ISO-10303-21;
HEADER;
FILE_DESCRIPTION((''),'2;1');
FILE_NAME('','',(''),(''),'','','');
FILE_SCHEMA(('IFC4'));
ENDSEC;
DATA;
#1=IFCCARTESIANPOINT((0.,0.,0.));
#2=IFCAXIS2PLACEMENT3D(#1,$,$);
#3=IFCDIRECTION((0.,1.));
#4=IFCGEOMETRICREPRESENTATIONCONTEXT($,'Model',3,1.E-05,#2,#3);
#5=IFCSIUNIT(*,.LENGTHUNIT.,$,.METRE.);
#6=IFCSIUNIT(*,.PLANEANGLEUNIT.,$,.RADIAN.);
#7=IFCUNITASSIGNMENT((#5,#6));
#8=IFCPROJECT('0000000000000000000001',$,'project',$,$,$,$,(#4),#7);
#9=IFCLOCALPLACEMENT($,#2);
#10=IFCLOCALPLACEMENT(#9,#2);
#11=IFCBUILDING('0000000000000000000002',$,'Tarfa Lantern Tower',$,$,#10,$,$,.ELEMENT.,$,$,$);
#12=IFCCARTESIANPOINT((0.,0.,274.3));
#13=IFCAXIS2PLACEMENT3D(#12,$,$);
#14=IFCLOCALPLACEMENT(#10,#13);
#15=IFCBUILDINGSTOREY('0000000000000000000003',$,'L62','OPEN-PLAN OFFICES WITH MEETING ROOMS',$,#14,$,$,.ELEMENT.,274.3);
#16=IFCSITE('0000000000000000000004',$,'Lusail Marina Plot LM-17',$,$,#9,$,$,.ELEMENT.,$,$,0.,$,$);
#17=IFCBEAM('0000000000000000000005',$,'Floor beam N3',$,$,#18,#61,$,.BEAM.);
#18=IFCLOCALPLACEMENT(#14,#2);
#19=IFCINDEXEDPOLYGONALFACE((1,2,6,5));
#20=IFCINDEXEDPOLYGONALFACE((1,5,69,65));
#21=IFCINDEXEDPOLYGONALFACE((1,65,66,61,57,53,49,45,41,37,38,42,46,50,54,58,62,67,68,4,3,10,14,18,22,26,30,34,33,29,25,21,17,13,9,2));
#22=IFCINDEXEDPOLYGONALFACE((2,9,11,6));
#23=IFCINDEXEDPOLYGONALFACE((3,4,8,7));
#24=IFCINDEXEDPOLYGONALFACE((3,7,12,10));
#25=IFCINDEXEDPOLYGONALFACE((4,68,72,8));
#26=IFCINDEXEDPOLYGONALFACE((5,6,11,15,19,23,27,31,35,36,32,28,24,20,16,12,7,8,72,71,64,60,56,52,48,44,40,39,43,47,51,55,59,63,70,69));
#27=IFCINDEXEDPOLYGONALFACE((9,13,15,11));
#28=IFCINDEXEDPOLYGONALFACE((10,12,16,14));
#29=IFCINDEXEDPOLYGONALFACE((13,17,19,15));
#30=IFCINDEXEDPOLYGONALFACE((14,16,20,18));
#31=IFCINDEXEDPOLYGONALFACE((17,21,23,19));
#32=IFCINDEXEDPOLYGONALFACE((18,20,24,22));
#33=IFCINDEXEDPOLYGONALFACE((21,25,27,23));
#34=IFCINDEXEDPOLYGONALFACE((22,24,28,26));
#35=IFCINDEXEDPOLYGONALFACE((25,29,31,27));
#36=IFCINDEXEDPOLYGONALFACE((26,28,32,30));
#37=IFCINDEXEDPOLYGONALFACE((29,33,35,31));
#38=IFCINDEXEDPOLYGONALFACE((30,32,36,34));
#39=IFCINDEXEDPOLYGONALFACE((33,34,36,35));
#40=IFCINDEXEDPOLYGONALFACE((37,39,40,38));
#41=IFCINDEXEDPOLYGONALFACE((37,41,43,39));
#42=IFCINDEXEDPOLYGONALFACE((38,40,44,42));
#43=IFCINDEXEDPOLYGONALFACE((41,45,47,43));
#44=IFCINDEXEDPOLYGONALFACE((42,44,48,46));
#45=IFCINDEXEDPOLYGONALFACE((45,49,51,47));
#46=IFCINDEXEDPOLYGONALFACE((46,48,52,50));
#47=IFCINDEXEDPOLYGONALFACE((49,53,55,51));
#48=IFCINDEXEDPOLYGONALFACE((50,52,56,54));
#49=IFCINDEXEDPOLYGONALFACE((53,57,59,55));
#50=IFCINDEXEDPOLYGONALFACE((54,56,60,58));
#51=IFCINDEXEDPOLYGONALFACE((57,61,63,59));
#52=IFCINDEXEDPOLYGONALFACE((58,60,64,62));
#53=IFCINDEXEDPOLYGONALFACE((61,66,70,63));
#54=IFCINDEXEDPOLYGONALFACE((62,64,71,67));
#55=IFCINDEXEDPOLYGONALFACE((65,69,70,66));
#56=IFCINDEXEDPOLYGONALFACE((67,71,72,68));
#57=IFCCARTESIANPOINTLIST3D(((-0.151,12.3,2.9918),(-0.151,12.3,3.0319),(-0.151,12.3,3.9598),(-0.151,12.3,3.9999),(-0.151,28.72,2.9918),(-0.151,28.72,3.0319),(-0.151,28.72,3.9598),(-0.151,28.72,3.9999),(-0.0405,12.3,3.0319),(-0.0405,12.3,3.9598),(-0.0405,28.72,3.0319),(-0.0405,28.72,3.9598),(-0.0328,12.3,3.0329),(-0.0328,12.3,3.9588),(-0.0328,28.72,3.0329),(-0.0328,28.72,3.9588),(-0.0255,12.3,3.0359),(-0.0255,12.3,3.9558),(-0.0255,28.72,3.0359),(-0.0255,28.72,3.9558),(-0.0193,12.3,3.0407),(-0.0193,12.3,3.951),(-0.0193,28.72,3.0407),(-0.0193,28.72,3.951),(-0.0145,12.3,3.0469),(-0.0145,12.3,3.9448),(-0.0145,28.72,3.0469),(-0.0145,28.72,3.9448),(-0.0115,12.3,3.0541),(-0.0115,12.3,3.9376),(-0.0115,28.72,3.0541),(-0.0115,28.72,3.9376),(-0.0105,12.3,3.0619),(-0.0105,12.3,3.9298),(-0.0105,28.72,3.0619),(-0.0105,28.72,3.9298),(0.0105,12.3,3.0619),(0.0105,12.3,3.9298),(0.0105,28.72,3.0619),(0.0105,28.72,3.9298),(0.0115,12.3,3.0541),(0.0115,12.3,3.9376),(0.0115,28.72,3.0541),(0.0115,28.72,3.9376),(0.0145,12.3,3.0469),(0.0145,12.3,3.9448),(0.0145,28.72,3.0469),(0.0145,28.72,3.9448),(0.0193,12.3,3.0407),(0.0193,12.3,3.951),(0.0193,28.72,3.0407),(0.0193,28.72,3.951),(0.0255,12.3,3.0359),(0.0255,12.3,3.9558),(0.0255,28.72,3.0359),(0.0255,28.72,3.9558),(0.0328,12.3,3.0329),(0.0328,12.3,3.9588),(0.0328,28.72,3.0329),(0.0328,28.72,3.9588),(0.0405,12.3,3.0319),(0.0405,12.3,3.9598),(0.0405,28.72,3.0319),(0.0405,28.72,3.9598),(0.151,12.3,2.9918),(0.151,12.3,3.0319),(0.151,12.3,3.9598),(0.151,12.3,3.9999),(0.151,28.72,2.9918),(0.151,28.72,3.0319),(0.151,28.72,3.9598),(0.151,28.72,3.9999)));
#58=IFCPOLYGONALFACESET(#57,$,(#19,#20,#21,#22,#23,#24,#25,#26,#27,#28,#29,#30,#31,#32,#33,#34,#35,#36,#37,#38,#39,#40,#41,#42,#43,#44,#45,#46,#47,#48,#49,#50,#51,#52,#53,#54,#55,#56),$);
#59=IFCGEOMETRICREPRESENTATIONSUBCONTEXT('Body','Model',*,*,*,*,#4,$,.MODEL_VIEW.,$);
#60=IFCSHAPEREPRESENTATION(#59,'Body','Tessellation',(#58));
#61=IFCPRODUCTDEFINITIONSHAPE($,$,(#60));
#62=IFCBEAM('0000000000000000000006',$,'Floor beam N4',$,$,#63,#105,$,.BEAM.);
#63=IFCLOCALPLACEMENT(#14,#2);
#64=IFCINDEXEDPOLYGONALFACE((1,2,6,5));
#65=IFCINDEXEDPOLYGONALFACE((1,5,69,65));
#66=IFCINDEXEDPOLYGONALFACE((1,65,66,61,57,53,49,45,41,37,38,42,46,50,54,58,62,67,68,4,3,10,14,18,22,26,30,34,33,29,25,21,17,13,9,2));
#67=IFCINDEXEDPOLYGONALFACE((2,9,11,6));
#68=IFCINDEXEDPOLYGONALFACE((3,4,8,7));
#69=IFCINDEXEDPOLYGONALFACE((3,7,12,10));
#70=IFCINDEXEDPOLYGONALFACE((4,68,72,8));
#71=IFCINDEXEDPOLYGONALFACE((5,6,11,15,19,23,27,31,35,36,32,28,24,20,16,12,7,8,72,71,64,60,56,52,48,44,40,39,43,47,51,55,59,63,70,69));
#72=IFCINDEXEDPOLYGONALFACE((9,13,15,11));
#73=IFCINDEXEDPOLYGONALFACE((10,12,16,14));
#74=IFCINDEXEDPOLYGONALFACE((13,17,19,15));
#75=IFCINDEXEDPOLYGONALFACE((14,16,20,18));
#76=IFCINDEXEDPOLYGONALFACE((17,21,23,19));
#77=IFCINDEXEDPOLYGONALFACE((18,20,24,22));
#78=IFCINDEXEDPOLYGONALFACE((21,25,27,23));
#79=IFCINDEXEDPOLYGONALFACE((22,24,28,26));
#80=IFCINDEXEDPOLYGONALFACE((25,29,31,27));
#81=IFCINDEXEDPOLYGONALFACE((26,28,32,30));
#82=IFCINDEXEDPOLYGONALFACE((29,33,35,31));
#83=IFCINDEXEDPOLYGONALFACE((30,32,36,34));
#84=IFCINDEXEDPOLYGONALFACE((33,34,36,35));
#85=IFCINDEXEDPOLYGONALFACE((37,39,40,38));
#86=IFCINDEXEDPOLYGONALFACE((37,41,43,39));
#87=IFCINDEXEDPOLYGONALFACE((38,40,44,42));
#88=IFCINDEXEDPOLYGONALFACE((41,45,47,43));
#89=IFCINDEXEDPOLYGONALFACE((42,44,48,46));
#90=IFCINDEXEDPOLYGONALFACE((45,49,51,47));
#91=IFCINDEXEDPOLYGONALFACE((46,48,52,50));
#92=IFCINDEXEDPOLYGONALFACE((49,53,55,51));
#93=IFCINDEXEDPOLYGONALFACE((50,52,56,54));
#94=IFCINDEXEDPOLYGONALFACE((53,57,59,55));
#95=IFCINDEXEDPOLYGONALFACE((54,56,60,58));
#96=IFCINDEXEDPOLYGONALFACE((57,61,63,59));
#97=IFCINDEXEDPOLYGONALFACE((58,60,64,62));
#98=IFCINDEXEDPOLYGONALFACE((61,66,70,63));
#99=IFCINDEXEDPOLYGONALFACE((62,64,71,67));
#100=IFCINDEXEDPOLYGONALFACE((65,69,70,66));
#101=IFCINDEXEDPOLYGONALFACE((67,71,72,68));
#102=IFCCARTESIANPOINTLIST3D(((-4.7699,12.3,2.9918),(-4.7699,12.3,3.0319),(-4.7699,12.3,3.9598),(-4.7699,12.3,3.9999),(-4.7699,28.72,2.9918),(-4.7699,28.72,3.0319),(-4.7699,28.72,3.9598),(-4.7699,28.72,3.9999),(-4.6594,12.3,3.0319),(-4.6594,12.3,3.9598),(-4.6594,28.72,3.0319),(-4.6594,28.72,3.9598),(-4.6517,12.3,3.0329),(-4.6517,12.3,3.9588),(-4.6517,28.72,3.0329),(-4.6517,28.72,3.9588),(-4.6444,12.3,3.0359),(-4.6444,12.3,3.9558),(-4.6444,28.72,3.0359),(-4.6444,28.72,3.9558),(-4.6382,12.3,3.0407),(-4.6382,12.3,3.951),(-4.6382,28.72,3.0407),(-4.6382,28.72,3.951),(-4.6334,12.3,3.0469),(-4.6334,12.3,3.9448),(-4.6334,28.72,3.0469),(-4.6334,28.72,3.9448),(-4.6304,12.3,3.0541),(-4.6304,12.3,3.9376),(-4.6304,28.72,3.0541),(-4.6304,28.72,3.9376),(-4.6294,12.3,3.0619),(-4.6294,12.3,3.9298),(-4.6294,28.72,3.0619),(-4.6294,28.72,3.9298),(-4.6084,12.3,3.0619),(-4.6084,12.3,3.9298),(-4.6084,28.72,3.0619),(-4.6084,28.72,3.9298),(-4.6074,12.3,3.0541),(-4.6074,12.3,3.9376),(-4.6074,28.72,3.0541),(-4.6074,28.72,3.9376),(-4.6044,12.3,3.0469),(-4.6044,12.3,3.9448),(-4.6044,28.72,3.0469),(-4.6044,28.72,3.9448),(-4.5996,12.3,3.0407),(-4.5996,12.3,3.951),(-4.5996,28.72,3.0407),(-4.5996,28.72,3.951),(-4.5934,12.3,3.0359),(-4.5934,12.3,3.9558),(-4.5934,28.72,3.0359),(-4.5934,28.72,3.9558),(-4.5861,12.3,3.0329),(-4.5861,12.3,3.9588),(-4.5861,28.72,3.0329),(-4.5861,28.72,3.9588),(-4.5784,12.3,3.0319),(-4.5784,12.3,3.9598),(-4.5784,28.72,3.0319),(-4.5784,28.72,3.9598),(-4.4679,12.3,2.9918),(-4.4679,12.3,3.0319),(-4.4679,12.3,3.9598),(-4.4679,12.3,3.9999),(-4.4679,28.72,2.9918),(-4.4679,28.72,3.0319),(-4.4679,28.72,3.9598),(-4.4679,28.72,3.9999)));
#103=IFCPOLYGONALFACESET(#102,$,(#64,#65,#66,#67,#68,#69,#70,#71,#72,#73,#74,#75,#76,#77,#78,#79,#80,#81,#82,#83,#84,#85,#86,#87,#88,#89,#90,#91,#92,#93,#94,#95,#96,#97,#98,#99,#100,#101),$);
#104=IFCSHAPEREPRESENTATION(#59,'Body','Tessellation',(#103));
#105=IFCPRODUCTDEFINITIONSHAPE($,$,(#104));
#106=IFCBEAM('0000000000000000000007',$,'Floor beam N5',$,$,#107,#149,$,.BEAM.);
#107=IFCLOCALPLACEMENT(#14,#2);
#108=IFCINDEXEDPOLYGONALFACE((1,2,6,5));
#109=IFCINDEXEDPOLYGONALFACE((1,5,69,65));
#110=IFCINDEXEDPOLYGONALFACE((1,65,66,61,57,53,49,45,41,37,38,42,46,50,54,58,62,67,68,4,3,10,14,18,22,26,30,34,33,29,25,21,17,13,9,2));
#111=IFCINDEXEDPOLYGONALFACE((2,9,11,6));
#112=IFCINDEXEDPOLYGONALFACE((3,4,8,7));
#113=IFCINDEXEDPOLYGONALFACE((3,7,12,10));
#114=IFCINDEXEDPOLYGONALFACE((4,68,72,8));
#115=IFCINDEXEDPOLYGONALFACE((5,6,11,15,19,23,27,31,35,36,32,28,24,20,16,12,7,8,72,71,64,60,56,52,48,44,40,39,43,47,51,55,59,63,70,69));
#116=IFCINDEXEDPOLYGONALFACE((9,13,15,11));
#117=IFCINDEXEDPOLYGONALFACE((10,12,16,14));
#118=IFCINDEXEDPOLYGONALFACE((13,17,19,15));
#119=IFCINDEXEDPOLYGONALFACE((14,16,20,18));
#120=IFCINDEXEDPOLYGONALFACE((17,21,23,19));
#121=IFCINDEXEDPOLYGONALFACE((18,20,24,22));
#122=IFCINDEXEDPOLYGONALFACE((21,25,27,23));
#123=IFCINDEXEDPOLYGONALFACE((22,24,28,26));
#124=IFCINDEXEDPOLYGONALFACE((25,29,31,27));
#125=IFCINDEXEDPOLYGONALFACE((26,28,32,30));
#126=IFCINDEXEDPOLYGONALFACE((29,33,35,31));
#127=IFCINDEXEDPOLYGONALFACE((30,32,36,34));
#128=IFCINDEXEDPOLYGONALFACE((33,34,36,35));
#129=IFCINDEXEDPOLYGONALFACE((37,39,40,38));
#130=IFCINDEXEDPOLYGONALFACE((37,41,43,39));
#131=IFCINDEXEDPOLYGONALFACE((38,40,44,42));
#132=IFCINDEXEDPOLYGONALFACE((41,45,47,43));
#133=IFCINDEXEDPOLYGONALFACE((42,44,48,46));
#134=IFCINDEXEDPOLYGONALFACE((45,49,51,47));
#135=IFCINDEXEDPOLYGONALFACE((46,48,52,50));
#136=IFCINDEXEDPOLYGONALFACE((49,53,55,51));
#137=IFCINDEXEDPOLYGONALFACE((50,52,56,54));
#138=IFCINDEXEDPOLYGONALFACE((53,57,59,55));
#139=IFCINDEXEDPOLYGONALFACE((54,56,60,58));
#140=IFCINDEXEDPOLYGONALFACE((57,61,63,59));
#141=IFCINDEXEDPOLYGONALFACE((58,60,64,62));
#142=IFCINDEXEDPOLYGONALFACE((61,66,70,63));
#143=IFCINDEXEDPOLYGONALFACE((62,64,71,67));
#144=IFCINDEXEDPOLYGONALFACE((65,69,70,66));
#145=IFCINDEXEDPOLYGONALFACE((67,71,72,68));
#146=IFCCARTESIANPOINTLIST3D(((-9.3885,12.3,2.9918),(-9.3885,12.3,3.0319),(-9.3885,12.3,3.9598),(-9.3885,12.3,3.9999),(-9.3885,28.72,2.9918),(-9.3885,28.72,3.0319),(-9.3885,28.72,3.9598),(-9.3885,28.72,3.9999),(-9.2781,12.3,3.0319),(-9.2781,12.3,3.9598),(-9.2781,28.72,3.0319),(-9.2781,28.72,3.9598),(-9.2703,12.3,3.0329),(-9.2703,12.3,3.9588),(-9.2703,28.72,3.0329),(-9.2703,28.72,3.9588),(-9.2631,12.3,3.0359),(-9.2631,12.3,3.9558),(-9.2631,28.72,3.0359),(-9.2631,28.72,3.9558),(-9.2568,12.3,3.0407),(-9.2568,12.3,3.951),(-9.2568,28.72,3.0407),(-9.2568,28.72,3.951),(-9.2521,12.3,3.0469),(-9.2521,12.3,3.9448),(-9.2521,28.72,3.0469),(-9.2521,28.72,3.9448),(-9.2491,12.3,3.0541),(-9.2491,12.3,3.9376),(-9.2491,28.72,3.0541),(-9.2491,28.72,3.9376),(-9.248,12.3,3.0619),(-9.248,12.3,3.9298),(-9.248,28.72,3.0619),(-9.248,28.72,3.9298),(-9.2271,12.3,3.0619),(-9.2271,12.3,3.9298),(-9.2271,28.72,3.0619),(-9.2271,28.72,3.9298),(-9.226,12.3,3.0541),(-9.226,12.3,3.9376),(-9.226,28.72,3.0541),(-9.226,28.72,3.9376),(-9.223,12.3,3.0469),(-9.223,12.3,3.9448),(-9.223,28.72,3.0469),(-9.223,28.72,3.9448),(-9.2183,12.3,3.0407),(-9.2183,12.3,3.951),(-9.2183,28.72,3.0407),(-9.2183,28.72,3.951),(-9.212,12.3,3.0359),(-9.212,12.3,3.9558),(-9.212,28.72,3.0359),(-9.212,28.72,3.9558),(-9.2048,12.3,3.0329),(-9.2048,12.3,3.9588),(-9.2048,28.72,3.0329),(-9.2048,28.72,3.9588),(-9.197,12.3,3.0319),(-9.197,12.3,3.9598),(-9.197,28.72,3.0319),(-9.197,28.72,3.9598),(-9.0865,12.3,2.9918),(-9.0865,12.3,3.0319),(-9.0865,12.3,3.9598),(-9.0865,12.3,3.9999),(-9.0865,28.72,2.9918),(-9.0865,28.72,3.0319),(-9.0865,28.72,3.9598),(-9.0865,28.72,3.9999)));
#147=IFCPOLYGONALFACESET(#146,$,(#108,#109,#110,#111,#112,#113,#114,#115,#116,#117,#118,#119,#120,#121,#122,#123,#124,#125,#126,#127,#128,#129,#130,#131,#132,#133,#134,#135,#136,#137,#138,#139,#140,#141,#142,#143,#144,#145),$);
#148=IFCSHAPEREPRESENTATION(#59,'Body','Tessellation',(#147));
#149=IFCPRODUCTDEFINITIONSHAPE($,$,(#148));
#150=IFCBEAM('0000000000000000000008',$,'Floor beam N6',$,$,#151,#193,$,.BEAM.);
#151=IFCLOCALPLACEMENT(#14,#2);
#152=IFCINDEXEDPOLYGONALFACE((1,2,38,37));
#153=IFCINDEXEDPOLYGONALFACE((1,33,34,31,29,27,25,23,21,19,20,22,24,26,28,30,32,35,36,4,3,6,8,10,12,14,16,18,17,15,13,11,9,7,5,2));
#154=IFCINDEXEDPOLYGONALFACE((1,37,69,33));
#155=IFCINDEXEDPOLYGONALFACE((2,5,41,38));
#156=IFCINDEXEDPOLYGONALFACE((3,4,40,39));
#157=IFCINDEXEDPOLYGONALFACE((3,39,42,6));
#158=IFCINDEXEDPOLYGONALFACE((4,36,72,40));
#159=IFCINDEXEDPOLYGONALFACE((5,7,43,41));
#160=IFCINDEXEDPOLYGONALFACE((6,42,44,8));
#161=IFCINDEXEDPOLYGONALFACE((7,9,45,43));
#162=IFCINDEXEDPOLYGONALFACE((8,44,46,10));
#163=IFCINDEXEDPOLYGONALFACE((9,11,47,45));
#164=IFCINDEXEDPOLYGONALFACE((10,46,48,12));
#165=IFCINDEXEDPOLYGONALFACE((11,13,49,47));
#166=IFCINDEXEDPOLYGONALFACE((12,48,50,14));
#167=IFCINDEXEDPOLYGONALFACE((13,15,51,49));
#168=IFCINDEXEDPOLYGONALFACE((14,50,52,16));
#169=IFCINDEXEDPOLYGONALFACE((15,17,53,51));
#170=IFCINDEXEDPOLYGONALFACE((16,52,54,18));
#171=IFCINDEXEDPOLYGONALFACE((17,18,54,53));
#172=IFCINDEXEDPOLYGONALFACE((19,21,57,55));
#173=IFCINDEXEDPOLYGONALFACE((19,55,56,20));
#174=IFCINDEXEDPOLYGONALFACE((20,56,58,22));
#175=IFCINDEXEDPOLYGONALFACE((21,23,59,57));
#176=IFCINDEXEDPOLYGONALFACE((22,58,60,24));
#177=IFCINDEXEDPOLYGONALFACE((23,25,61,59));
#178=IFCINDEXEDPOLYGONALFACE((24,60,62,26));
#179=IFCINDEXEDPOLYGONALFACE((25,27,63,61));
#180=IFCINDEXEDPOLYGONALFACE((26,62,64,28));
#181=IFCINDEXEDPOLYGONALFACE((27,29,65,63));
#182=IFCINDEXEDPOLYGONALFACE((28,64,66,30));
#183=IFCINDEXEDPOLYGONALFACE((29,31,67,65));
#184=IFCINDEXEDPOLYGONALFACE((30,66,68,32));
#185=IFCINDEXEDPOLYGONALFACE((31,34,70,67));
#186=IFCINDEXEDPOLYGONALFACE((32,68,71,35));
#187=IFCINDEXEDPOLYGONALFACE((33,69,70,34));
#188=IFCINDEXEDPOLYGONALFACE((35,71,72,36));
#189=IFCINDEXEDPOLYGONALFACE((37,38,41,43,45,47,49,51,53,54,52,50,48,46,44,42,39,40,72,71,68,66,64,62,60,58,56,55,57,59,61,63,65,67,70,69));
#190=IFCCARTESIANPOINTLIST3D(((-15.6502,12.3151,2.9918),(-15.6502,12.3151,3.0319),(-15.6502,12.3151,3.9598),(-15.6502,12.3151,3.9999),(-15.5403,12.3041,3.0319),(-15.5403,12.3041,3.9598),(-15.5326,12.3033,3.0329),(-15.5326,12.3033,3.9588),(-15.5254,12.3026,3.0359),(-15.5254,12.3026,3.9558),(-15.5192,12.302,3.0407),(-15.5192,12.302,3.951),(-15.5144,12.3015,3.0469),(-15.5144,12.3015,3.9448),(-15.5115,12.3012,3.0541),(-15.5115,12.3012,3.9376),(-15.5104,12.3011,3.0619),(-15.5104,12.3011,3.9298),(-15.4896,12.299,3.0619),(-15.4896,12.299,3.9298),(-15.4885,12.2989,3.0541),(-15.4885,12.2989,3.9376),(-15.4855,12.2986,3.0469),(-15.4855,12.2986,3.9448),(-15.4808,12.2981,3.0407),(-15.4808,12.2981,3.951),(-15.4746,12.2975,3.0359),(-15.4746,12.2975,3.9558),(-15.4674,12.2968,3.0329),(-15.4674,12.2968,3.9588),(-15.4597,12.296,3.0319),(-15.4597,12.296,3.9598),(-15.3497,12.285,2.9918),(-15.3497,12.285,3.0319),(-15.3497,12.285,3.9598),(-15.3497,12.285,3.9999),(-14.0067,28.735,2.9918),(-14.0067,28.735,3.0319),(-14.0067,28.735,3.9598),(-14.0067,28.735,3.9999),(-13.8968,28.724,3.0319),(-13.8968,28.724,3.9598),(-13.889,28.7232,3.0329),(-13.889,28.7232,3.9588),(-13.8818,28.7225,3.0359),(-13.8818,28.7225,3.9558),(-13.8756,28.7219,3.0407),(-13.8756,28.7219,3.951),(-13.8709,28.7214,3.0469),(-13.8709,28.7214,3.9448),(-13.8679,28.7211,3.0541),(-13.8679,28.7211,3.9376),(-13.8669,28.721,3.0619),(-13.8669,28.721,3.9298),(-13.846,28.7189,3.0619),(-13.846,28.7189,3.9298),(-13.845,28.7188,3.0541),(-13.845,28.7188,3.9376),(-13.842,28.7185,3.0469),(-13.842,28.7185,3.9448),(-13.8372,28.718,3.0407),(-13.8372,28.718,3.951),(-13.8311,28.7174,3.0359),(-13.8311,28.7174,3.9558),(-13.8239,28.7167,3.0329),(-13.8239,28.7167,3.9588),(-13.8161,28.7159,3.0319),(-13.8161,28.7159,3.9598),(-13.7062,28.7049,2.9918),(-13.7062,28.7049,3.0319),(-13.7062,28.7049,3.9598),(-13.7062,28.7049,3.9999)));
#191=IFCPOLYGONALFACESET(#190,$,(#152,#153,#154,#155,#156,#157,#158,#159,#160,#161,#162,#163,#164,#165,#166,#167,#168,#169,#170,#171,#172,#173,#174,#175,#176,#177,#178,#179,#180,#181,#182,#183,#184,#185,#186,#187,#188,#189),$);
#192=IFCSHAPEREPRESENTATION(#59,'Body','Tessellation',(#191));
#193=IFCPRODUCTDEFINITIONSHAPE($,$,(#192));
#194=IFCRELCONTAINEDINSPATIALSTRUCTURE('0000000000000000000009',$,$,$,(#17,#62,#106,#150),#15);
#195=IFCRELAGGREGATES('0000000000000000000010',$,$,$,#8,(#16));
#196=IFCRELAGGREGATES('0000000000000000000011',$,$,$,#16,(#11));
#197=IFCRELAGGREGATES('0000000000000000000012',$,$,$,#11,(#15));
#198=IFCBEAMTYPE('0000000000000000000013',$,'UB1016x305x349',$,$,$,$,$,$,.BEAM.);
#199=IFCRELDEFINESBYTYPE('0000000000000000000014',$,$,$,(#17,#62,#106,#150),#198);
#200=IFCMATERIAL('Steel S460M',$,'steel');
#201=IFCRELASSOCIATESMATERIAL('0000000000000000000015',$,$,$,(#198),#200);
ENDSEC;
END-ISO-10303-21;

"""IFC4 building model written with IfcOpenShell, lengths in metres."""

from ifc_helpers import new_model, si_unit, direction, frame, origin, origin_2d, place, context, subcontext, project, spatial, i_section, extrude, material, material_profile, profile_set, type_object, element, save


model = new_model("IFC4")

# Units and contexts
model_context = context("Model", 3, precision=1e-05, world=origin(), true_north=direction((0.0, 1.0)))
body_context = subcontext(model_context, "Body", "Model", "MODEL_VIEW")
ifc_project = project(units=[si_unit("LENGTHUNIT", "METRE"), si_unit("PLANEANGLEUNIT", "RADIAN")], contexts=[model_context])

# Site, building, storey
site_placement = place(None, origin())
site = spatial("IfcSite", under=ifc_project, at=site_placement, Name="Lusail Marina Plot LM-17", CompositionType="ELEMENT", RefElevation=0.0)
building_placement = place(site_placement, origin())
building = spatial("IfcBuilding", under=site, at=building_placement, Name="Tarfa Lantern Tower", CompositionType="ELEMENT")
storey_placement = place(building_placement, frame((0.0, 0.0, 274.3)))
storey = spatial("IfcBuildingStorey", under=building, at=storey_placement, Name="L62", Description="OPEN-PLAN OFFICES WITH MEETING ROOMS", CompositionType="ELEMENT", Elevation=274.3)

# Beams
ifc_material_1 = material(Name="Steel S460M", Category="steel")
ifc_material_profile_1 = material_profile(ifc_material_1, i_section(OverallWidth=0.302, OverallDepth=1.0081, WebThickness=0.021, FlangeThickness=0.04, FilletRadius=0.03, at=origin_2d()), Name="UB1016x305x349")
ifc_profile_set_1 = profile_set([ifc_material_profile_1], Name="Steel S460M")
beam_type_1 = type_object("IfcBeamType", Name="UB1016x305x349", PredefinedType="BEAM", material=ifc_profile_set_1)
for number, where, z_axis, x_axis, name in (
    (1, (0.0, 28.72, 3.4958), (0.0, -1.0, 0.0), (1.0, 0.0, 0.0), "Floor beam N3"),
    (2, (-4.6189, 28.72, 3.4958), (0.0, -1.0, 0.0), (1.0, 0.0, 0.0), "Floor beam N4"),
    (3, (-9.2375, 28.72, 3.4958), (0.0, -1.0, 0.0), (1.0, 0.0, 0.0), "Floor beam N5"),
):
    element("IfcBeam", number, at=place(storey_placement, frame(where, z_axis=z_axis, x_axis=x_axis)), inside=storey, type_object=beam_type_1, Name=name, PredefinedType="BEAM", context=body_context, shape_type="SweptSolid", body=[
        extrude(i_section(OverallWidth=0.302, OverallDepth=1.0081, WebThickness=0.021, FlangeThickness=0.04, FilletRadius=0.03, at=origin_2d()), origin(), (0.0, 0.0, 1.0), 16.4199),
    ])
beam_1_placement = place(storey_placement, frame((-13.8564, 28.72, 3.4958), z_axis=(-0.099597, -0.995028, 0.0), x_axis=(0.995028, -0.099597, 0.0)))
element("IfcBeam", 4, at=beam_1_placement, inside=storey, type_object=beam_type_1, Name="Floor beam N6", PredefinedType="BEAM", context=body_context, shape_type="SweptSolid", body=[
    extrude(i_section(OverallWidth=0.302, OverallDepth=1.0081, WebThickness=0.021, FlangeThickness=0.04, FilletRadius=0.03, at=origin_2d()), origin(), (0.0, 0.0, 1.0), 16.502),
])

save(model, "model.ifc")
